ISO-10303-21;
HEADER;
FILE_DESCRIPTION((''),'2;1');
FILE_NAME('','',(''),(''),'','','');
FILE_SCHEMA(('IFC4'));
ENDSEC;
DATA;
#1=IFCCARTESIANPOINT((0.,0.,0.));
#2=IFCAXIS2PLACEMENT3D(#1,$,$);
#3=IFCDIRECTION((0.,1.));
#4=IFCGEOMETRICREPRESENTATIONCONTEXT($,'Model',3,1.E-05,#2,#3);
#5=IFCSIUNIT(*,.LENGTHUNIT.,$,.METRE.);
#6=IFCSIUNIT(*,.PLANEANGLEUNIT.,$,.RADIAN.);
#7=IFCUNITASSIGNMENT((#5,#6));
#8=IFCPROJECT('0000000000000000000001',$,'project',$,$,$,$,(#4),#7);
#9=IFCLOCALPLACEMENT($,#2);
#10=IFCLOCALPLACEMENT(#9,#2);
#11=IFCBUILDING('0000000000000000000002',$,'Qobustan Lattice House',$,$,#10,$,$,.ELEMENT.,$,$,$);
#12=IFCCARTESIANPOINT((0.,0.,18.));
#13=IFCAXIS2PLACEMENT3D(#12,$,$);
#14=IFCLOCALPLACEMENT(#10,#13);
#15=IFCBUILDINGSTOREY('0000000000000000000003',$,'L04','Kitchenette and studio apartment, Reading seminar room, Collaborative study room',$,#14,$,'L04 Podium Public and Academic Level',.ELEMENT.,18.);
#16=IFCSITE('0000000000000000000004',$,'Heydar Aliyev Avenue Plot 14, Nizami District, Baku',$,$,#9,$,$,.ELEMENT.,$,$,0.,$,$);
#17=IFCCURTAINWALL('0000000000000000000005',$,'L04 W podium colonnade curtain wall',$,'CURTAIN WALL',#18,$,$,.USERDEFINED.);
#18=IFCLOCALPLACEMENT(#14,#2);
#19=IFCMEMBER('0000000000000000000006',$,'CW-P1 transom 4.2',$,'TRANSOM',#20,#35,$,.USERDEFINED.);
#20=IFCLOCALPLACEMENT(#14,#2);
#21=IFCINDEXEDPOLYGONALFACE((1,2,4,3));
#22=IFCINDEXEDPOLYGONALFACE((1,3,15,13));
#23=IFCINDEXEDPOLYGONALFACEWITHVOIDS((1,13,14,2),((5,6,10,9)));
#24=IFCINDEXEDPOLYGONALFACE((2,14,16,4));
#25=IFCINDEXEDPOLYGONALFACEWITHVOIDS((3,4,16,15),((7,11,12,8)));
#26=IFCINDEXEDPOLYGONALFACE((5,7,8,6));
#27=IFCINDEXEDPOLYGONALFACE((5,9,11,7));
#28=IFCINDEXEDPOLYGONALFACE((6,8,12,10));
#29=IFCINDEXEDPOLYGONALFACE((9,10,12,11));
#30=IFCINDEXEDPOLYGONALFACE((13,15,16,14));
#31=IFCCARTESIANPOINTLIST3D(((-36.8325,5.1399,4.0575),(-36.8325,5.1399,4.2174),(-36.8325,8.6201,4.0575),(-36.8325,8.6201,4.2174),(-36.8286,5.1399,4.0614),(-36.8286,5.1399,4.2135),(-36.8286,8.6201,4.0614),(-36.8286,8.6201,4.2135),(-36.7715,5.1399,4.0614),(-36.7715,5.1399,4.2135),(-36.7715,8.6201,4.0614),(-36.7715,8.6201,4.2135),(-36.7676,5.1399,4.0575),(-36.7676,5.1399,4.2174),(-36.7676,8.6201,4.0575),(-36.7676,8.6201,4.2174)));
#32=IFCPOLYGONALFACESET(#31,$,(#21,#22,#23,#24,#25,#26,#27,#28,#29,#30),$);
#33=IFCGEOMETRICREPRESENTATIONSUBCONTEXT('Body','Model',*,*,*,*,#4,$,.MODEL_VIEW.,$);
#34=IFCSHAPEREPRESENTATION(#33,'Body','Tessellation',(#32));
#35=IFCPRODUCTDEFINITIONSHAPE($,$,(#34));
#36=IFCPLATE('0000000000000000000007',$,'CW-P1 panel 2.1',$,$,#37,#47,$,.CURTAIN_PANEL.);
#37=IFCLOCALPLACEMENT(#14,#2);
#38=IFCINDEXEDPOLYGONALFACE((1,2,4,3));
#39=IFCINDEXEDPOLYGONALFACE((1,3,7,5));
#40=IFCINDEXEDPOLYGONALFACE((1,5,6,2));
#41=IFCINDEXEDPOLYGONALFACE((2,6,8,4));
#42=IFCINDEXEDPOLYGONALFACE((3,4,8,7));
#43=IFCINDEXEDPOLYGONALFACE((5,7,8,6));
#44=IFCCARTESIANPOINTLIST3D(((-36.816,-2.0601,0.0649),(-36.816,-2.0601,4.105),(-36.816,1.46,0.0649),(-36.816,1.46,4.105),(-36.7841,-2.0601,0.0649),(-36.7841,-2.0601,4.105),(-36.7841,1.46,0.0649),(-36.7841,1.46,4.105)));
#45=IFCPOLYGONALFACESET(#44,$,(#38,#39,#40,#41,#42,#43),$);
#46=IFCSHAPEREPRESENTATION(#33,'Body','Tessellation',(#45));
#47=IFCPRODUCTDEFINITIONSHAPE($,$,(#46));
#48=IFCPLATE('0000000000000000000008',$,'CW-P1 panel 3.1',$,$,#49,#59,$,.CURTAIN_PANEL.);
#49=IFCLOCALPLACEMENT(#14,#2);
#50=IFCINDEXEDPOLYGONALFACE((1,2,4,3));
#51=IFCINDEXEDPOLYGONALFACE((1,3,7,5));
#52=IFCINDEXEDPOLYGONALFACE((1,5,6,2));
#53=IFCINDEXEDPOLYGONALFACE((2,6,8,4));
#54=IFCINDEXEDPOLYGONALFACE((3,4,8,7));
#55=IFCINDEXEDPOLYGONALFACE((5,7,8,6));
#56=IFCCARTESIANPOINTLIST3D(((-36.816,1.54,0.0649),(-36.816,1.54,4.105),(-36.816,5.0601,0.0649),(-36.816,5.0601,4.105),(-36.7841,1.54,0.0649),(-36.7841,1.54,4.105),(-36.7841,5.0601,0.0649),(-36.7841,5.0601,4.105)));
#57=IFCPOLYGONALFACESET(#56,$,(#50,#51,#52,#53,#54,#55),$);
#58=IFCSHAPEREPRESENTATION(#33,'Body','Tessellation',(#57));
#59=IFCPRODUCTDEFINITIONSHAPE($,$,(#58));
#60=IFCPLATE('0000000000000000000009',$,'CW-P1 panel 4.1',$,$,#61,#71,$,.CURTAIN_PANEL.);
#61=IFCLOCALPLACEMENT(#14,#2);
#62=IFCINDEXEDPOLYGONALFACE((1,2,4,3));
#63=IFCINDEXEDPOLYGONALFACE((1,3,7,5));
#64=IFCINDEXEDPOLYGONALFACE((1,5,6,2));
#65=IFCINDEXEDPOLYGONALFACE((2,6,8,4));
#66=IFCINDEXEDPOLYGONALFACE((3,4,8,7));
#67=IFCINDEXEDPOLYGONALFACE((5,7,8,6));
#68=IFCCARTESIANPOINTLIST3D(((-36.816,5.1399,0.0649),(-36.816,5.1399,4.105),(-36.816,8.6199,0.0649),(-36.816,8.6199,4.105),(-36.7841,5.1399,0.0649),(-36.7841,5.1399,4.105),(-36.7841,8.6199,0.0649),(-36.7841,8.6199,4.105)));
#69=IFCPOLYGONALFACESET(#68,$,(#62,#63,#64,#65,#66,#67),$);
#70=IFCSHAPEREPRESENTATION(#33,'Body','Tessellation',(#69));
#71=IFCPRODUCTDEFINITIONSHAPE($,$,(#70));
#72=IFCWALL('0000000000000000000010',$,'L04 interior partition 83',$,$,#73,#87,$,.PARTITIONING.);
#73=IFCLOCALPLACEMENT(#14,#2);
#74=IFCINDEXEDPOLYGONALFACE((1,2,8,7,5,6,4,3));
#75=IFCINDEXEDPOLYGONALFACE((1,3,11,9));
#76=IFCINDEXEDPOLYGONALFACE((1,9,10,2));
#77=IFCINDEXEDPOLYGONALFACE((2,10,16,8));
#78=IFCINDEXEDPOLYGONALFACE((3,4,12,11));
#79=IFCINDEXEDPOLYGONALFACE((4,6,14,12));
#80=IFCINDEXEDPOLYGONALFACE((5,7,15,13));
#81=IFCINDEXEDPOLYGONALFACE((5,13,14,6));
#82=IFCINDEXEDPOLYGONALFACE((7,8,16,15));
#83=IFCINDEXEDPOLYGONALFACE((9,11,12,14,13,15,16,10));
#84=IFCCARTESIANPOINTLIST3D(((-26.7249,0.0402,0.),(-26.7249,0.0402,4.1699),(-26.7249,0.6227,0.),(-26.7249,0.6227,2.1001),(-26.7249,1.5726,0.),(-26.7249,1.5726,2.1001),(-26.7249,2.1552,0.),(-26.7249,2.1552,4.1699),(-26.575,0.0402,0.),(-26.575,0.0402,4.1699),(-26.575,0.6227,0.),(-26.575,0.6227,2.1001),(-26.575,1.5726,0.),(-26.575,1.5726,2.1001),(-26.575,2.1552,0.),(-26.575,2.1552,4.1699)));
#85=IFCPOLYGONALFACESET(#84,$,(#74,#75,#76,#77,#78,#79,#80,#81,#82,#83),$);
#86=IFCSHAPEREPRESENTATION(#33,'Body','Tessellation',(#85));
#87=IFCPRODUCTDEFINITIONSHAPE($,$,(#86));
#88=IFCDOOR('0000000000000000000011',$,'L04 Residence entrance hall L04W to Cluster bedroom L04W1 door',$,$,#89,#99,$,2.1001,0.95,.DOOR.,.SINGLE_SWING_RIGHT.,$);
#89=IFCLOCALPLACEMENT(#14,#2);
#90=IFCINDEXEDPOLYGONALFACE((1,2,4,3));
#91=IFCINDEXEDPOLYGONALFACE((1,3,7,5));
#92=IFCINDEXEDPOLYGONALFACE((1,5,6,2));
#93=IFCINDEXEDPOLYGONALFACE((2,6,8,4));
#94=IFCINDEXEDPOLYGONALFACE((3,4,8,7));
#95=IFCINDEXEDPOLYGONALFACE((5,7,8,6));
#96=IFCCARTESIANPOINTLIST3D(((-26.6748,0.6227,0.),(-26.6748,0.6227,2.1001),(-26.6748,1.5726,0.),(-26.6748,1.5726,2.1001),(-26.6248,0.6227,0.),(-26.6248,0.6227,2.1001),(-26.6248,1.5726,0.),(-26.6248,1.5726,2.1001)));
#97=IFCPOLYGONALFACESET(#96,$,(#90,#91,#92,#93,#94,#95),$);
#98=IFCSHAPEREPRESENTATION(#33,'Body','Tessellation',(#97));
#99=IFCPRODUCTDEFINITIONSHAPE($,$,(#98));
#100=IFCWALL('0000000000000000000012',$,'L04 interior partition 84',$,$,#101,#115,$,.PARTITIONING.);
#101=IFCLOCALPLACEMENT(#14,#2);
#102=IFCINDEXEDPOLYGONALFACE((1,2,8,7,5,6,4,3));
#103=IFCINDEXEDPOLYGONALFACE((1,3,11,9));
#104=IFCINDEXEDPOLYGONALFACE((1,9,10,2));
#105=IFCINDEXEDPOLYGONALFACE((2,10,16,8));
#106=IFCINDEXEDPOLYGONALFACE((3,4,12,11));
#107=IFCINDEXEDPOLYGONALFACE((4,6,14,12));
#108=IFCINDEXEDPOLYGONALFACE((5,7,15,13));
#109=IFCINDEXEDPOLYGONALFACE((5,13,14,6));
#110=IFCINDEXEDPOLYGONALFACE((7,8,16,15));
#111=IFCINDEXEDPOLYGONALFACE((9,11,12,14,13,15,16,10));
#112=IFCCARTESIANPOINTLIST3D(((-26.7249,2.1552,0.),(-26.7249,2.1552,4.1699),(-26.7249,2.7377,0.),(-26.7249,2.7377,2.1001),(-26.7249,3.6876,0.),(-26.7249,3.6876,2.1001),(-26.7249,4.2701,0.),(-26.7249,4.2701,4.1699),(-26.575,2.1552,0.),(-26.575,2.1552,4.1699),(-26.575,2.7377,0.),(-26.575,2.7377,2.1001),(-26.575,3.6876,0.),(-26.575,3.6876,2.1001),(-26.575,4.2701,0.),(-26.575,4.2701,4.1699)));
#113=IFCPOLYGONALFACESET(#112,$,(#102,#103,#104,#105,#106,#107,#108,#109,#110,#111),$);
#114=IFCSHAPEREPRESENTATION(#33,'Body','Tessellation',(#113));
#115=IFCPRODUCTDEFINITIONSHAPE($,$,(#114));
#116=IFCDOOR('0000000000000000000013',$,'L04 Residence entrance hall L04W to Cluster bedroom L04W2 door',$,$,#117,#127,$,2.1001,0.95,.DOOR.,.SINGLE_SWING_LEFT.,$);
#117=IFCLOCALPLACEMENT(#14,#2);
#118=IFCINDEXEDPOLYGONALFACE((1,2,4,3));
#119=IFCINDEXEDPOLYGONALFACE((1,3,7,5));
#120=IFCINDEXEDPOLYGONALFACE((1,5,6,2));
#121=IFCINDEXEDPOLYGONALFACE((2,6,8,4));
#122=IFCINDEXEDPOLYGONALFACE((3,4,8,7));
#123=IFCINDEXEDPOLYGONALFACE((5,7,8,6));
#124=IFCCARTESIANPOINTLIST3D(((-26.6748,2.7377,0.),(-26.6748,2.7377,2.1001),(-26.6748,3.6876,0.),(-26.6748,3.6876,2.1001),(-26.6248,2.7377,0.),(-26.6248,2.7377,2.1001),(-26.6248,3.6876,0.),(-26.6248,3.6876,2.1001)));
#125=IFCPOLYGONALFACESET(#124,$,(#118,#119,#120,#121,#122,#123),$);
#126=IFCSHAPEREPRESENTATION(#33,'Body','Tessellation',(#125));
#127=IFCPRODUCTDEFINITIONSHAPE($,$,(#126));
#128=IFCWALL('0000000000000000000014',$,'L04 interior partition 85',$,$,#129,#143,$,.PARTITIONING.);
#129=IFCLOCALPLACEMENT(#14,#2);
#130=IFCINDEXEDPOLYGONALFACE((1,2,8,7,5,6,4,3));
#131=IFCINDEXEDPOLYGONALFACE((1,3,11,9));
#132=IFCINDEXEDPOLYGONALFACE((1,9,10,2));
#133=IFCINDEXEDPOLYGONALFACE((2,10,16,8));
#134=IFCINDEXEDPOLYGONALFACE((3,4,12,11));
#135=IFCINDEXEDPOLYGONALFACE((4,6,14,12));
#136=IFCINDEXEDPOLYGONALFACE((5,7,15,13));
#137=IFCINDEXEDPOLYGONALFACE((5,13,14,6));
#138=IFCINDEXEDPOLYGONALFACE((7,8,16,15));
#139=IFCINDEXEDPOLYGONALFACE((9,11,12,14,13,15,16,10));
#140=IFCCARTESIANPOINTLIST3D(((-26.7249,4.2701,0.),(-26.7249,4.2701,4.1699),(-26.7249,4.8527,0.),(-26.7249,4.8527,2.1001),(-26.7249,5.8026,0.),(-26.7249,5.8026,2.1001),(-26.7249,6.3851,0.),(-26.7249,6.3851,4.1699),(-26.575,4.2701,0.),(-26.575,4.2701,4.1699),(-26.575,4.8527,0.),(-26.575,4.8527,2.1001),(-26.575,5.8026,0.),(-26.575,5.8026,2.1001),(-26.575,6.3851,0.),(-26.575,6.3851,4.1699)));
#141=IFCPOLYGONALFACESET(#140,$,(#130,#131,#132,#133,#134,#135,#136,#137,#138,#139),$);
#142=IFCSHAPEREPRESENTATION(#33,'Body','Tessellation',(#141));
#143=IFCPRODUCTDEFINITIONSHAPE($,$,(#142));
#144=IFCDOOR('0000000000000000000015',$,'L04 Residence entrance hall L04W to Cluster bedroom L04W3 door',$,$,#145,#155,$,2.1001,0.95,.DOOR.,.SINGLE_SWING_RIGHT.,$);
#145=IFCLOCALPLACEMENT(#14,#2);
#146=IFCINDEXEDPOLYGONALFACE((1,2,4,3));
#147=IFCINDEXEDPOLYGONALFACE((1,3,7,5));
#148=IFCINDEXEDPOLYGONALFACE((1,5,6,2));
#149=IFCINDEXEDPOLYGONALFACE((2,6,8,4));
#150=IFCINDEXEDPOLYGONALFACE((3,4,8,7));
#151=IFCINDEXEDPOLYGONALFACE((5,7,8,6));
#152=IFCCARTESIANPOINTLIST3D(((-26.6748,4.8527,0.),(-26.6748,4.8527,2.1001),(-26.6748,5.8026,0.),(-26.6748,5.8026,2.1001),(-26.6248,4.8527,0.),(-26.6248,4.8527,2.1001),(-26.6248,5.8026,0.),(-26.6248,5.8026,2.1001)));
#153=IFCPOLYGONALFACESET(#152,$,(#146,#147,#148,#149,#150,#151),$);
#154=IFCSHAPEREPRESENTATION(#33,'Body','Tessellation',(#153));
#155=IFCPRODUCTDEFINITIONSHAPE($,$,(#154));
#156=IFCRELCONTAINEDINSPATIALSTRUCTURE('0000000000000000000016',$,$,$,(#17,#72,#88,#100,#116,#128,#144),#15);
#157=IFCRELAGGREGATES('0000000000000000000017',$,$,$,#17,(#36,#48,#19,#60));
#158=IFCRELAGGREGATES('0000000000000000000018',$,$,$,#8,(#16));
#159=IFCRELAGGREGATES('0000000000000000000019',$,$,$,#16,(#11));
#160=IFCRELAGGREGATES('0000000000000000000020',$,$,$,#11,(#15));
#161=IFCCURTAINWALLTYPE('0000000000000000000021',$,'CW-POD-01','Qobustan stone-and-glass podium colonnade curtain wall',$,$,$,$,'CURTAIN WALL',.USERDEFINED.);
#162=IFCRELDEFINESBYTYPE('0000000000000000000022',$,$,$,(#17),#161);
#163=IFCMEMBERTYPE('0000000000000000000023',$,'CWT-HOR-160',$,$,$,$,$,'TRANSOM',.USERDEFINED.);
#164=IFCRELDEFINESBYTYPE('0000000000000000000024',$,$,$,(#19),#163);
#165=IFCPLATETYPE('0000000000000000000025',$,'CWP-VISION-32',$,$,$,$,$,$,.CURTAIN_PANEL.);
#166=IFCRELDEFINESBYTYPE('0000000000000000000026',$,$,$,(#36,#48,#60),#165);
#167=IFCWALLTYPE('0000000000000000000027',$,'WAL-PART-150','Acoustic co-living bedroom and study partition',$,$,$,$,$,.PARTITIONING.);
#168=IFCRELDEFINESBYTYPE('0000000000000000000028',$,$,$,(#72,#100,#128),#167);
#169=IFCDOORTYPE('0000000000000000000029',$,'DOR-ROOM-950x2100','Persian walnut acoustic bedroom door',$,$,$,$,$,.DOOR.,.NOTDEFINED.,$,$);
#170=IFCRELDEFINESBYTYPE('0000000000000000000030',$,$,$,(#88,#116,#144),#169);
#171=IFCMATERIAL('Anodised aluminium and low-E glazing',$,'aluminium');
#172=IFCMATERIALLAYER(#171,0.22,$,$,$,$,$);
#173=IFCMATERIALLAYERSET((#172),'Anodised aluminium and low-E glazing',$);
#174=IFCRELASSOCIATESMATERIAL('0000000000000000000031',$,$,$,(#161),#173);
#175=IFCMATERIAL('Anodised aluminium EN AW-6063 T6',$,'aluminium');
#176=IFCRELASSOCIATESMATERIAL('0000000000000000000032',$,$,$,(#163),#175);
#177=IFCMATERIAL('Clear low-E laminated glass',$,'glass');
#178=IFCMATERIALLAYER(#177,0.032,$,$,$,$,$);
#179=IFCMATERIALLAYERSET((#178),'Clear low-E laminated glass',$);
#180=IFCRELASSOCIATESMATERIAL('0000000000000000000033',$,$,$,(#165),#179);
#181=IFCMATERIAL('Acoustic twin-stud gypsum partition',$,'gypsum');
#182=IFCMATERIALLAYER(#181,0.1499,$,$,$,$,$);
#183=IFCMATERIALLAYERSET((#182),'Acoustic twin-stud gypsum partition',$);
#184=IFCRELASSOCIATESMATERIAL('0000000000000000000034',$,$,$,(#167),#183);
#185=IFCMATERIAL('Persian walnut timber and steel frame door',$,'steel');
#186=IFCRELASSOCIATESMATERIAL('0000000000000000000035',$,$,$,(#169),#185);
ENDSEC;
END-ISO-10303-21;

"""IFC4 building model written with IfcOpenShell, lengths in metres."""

from ifc_helpers import new_model, si_unit, direction, frame, frame_2d, origin, origin_2d, place, context, subcontext, project, spatial, rectangle, hollow_rectangle, extrude, material, layer, layer_set, material_profile, profile_set, type_object, element, fill, aggregate, save


model = new_model("IFC4")

# Units and contexts
model_context = context("Model", 3, precision=1e-05, world=origin(), true_north=direction((0.0, 1.0)))
body_context = subcontext(model_context, "Body", "Model", "MODEL_VIEW")
ifc_project = project(units=[si_unit("LENGTHUNIT", "METRE"), si_unit("PLANEANGLEUNIT", "RADIAN")], contexts=[model_context])

# Site, building, storey
site_placement = place(None, origin())
site = spatial("IfcSite", under=ifc_project, at=site_placement, Name="Heydar Aliyev Avenue Plot 14, Nizami District, Baku", CompositionType="ELEMENT", RefElevation=0.0)
building_placement = place(site_placement, origin())
building = spatial("IfcBuilding", under=site, at=building_placement, Name="Qobustan Lattice House", CompositionType="ELEMENT")
storey_placement = place(building_placement, frame((0.0, 0.0, 18.0)))
storey = spatial("IfcBuildingStorey", under=building, at=storey_placement, Name="L04", Description="Kitchenette and studio apartment, Reading seminar room, Collaborative study room", LongName="L04 Podium Public and Academic Level", CompositionType="ELEMENT", Elevation=18.0)

# Curtain wall, member, plates
ifc_material_1 = material(Name="Anodised aluminium and low-E glazing", Category="aluminium")
ifc_layer_1 = layer(ifc_material_1, 0.22)
ifc_layer_set_1 = layer_set([ifc_layer_1], Name="Anodised aluminium and low-E glazing")
curtain_wall_type = type_object("IfcCurtainWallType", Name="CW-POD-01", Description="Qobustan stone-and-glass podium colonnade curtain wall", ElementType="CURTAIN WALL", PredefinedType="USERDEFINED", material=ifc_layer_set_1)
curtain_wall_placement = place(storey_placement, origin())
curtain_wall = element("IfcCurtainWall", 1, at=curtain_wall_placement, inside=storey, type_object=curtain_wall_type, Name="L04 W podium colonnade curtain wall", ObjectType="CURTAIN WALL", PredefinedType="USERDEFINED")
ifc_material_2 = material(Name="Anodised aluminium EN AW-6063 T6", Category="aluminium")
ifc_material_profile_1 = material_profile(ifc_material_2, hollow_rectangle(XDim=0.0649, YDim=0.1599, WallThickness=0.0039, at=origin_2d()), Name="CWT-160x65")
ifc_profile_set_1 = profile_set([ifc_material_profile_1], Name="Anodised aluminium EN AW-6063 T6")
member_type_1 = type_object("IfcMemberType", Name="CWT-HOR-160", ElementType="TRANSOM", PredefinedType="USERDEFINED", material=ifc_profile_set_1)
member_1_placement = place(storey_placement, frame((-36.8, 5.1399, 4.1375), z_axis=(0.0, 1.0, 0.0), x_axis=(-1.0, 0.0, 0.0)))
member_1 = element("IfcMember", 2, at=member_1_placement, type_object=member_type_1, Name="CW-P1 transom 4.2", ObjectType="TRANSOM", PredefinedType="USERDEFINED", context=body_context, shape_type="SweptSolid", body=[
    extrude(hollow_rectangle(XDim=0.0649, YDim=0.1599, WallThickness=0.0039, at=origin_2d()), origin(), (0.0, 0.0, 1.0), 3.4802),
])
ifc_material_3 = material(Name="Clear low-E laminated glass", Category="glass")
ifc_layer_2 = layer(ifc_material_3, 0.032)
ifc_layer_set_2 = layer_set([ifc_layer_2], Name="Clear low-E laminated glass")
plate_type = type_object("IfcPlateType", Name="CWP-VISION-32", PredefinedType="CURTAIN_PANEL", material=ifc_layer_set_2)
plate_1_placement = place(storey_placement, frame((-36.8, -0.3, 0.0649), z_axis=(0.0, 0.0, 1.0), x_axis=(0.0, 1.0, 0.0)))
plate_1 = element("IfcPlate", 3, at=plate_1_placement, type_object=plate_type, Name="CW-P1 panel 2.1", PredefinedType="CURTAIN_PANEL", context=body_context, shape_type="SweptSolid", body=[
    extrude(rectangle(XDim=3.52, YDim=0.032, at=origin_2d()), origin(), (0.0, 0.0, 1.0), 4.04),
])
plate_2_placement = place(storey_placement, frame((-36.8, 3.3, 0.0649), z_axis=(0.0, 0.0, 1.0), x_axis=(0.0, 1.0, 0.0)))
plate_2 = element("IfcPlate", 4, at=plate_2_placement, type_object=plate_type, Name="CW-P1 panel 3.1", PredefinedType="CURTAIN_PANEL", context=body_context, shape_type="SweptSolid", body=[
    extrude(rectangle(XDim=3.52, YDim=0.032, at=origin_2d()), origin(), (0.0, 0.0, 1.0), 4.04),
])
plate_3_placement = place(storey_placement, frame((-36.8, 6.8799, 0.0649), z_axis=(0.0, 0.0, 1.0), x_axis=(0.0, 1.0, 0.0)))
plate_3 = element("IfcPlate", 5, at=plate_3_placement, type_object=plate_type, Name="CW-P1 panel 4.1", PredefinedType="CURTAIN_PANEL", context=body_context, shape_type="SweptSolid", body=[
    extrude(rectangle(XDim=3.48, YDim=0.032, at=origin_2d()), origin(), (0.0, 0.0, 1.0), 4.04),
])
aggregate(curtain_wall, [plate_1, plate_2, member_1, plate_3])

# Walls, openings, doors
ifc_material_4 = material(Name="Acoustic twin-stud gypsum partition", Category="gypsum")
ifc_layer_3 = layer(ifc_material_4, 0.1499)
ifc_layer_set_3 = layer_set([ifc_layer_3], Name="Acoustic twin-stud gypsum partition")
wall_type_1 = type_object("IfcWallType", Name="WAL-PART-150", Description="Acoustic co-living bedroom and study partition", PredefinedType="PARTITIONING", material=ifc_layer_set_3)
wall_1_placement = place(storey_placement, frame((-26.6499, 0.04, 0.0), z_axis=(0.0, 0.0, 1.0), x_axis=(0.0, 1.0, 0.0)))
wall_1 = element("IfcWall", 6, at=wall_1_placement, inside=storey, type_object=wall_type_1, Name="L04 interior partition 83", PredefinedType="PARTITIONING", context=body_context, shape_type="SweptSolid", body=[
    extrude(rectangle(XDim=2.115, YDim=0.1499, at=frame_2d((1.0576, 0.0))), origin(), (0.0, 0.0, 1.0), 4.1699),
])
opening_1_placement = place(wall_1_placement, frame((0.5825, 0.0, 0.0)))
opening_1 = element("IfcOpeningElement", 7, at=opening_1_placement, cuts=wall_1, PredefinedType="OPENING", context=body_context, shape_type="SweptSolid", body=[
    extrude(rectangle(XDim=0.95, YDim=2.1001, at=frame_2d((0.4751, 1.05))), frame((0.0, 0.085, 0.0), z_axis=(0.0, -1.0, 0.0), x_axis=(1.0, 0.0, 0.0)), (0.0, 0.0, 1.0), 0.1699),
])
ifc_material_5 = material(Name="Persian walnut timber and steel frame door", Category="steel")
door_type_1 = type_object("IfcDoorType", Name="DOR-ROOM-950x2100", Description="Persian walnut acoustic bedroom door", OperationType="NOTDEFINED", PredefinedType="DOOR", material=ifc_material_5)
door_1_placement = place(opening_1_placement, origin())
door_1 = element("IfcDoor", 8, at=door_1_placement, inside=storey, type_object=door_type_1, Name="L04 Residence entrance hall L04W to Cluster bedroom L04W1 door", OperationType="SINGLE_SWING_RIGHT", OverallHeight=2.1001, OverallWidth=0.95, PredefinedType="DOOR", context=body_context, shape_type="SweptSolid", body=[
    extrude(rectangle(XDim=0.95, YDim=2.1001, at=frame_2d((0.4751, 1.05))), frame((0.0, 0.0249, 0.0), z_axis=(0.0, -1.0, 0.0), x_axis=(1.0, 0.0, 0.0)), (0.0, 0.0, 1.0), 0.05),
])
fill(opening_1, door_1)
wall_2_placement = place(storey_placement, frame((-26.6499, 2.155, 0.0), z_axis=(0.0, 0.0, 1.0), x_axis=(0.0, 1.0, 0.0)))
wall_2 = element("IfcWall", 9, at=wall_2_placement, inside=storey, type_object=wall_type_1, Name="L04 interior partition 84", PredefinedType="PARTITIONING", context=body_context, shape_type="SweptSolid", body=[
    extrude(rectangle(XDim=2.115, YDim=0.1499, at=frame_2d((1.0576, 0.0))), origin(), (0.0, 0.0, 1.0), 4.1699),
])
opening_2_placement = place(wall_2_placement, frame((0.5825, 0.0, 0.0)))
opening_2 = element("IfcOpeningElement", 10, at=opening_2_placement, cuts=wall_2, PredefinedType="OPENING", context=body_context, shape_type="SweptSolid", body=[
    extrude(rectangle(XDim=0.95, YDim=2.1001, at=frame_2d((0.4751, 1.05))), frame((0.0, 0.085, 0.0), z_axis=(0.0, -1.0, 0.0), x_axis=(1.0, 0.0, 0.0)), (0.0, 0.0, 1.0), 0.1699),
])
door_2_placement = place(opening_2_placement, origin())
door_2 = element("IfcDoor", 11, at=door_2_placement, inside=storey, type_object=door_type_1, Name="L04 Residence entrance hall L04W to Cluster bedroom L04W2 door", OperationType="SINGLE_SWING_LEFT", OverallHeight=2.1001, OverallWidth=0.95, PredefinedType="DOOR", context=body_context, shape_type="SweptSolid", body=[
    extrude(rectangle(XDim=0.95, YDim=2.1001, at=frame_2d((0.4751, 1.05))), frame((0.0, 0.0249, 0.0), z_axis=(0.0, -1.0, 0.0), x_axis=(1.0, 0.0, 0.0)), (0.0, 0.0, 1.0), 0.05),
])
fill(opening_2, door_2)
wall_3_placement = place(storey_placement, frame((-26.6499, 4.27, 0.0), z_axis=(0.0, 0.0, 1.0), x_axis=(0.0, 1.0, 0.0)))
wall_3 = element("IfcWall", 12, at=wall_3_placement, inside=storey, type_object=wall_type_1, Name="L04 interior partition 85", PredefinedType="PARTITIONING", context=body_context, shape_type="SweptSolid", body=[
    extrude(rectangle(XDim=2.115, YDim=0.1499, at=frame_2d((1.0576, 0.0))), origin(), (0.0, 0.0, 1.0), 4.1699),
])
opening_3_placement = place(wall_3_placement, frame((0.5825, 0.0, 0.0)))
opening_3 = element("IfcOpeningElement", 13, at=opening_3_placement, cuts=wall_3, PredefinedType="OPENING", context=body_context, shape_type="SweptSolid", body=[
    extrude(rectangle(XDim=0.95, YDim=2.1001, at=frame_2d((0.4751, 1.05))), frame((0.0, 0.085, 0.0), z_axis=(0.0, -1.0, 0.0), x_axis=(1.0, 0.0, 0.0)), (0.0, 0.0, 1.0), 0.1699),
])
door_3_placement = place(opening_3_placement, origin())
door_3 = element("IfcDoor", 14, at=door_3_placement, inside=storey, type_object=door_type_1, Name="L04 Residence entrance hall L04W to Cluster bedroom L04W3 door", OperationType="SINGLE_SWING_RIGHT", OverallHeight=2.1001, OverallWidth=0.95, PredefinedType="DOOR", context=body_context, shape_type="SweptSolid", body=[
    extrude(rectangle(XDim=0.95, YDim=2.1001, at=frame_2d((0.4751, 1.05))), frame((0.0, 0.0249, 0.0), z_axis=(0.0, -1.0, 0.0), x_axis=(1.0, 0.0, 0.0)), (0.0, 0.0, 1.0), 0.05),
])
fill(opening_3, door_3)

save(model, "model.ifc")
